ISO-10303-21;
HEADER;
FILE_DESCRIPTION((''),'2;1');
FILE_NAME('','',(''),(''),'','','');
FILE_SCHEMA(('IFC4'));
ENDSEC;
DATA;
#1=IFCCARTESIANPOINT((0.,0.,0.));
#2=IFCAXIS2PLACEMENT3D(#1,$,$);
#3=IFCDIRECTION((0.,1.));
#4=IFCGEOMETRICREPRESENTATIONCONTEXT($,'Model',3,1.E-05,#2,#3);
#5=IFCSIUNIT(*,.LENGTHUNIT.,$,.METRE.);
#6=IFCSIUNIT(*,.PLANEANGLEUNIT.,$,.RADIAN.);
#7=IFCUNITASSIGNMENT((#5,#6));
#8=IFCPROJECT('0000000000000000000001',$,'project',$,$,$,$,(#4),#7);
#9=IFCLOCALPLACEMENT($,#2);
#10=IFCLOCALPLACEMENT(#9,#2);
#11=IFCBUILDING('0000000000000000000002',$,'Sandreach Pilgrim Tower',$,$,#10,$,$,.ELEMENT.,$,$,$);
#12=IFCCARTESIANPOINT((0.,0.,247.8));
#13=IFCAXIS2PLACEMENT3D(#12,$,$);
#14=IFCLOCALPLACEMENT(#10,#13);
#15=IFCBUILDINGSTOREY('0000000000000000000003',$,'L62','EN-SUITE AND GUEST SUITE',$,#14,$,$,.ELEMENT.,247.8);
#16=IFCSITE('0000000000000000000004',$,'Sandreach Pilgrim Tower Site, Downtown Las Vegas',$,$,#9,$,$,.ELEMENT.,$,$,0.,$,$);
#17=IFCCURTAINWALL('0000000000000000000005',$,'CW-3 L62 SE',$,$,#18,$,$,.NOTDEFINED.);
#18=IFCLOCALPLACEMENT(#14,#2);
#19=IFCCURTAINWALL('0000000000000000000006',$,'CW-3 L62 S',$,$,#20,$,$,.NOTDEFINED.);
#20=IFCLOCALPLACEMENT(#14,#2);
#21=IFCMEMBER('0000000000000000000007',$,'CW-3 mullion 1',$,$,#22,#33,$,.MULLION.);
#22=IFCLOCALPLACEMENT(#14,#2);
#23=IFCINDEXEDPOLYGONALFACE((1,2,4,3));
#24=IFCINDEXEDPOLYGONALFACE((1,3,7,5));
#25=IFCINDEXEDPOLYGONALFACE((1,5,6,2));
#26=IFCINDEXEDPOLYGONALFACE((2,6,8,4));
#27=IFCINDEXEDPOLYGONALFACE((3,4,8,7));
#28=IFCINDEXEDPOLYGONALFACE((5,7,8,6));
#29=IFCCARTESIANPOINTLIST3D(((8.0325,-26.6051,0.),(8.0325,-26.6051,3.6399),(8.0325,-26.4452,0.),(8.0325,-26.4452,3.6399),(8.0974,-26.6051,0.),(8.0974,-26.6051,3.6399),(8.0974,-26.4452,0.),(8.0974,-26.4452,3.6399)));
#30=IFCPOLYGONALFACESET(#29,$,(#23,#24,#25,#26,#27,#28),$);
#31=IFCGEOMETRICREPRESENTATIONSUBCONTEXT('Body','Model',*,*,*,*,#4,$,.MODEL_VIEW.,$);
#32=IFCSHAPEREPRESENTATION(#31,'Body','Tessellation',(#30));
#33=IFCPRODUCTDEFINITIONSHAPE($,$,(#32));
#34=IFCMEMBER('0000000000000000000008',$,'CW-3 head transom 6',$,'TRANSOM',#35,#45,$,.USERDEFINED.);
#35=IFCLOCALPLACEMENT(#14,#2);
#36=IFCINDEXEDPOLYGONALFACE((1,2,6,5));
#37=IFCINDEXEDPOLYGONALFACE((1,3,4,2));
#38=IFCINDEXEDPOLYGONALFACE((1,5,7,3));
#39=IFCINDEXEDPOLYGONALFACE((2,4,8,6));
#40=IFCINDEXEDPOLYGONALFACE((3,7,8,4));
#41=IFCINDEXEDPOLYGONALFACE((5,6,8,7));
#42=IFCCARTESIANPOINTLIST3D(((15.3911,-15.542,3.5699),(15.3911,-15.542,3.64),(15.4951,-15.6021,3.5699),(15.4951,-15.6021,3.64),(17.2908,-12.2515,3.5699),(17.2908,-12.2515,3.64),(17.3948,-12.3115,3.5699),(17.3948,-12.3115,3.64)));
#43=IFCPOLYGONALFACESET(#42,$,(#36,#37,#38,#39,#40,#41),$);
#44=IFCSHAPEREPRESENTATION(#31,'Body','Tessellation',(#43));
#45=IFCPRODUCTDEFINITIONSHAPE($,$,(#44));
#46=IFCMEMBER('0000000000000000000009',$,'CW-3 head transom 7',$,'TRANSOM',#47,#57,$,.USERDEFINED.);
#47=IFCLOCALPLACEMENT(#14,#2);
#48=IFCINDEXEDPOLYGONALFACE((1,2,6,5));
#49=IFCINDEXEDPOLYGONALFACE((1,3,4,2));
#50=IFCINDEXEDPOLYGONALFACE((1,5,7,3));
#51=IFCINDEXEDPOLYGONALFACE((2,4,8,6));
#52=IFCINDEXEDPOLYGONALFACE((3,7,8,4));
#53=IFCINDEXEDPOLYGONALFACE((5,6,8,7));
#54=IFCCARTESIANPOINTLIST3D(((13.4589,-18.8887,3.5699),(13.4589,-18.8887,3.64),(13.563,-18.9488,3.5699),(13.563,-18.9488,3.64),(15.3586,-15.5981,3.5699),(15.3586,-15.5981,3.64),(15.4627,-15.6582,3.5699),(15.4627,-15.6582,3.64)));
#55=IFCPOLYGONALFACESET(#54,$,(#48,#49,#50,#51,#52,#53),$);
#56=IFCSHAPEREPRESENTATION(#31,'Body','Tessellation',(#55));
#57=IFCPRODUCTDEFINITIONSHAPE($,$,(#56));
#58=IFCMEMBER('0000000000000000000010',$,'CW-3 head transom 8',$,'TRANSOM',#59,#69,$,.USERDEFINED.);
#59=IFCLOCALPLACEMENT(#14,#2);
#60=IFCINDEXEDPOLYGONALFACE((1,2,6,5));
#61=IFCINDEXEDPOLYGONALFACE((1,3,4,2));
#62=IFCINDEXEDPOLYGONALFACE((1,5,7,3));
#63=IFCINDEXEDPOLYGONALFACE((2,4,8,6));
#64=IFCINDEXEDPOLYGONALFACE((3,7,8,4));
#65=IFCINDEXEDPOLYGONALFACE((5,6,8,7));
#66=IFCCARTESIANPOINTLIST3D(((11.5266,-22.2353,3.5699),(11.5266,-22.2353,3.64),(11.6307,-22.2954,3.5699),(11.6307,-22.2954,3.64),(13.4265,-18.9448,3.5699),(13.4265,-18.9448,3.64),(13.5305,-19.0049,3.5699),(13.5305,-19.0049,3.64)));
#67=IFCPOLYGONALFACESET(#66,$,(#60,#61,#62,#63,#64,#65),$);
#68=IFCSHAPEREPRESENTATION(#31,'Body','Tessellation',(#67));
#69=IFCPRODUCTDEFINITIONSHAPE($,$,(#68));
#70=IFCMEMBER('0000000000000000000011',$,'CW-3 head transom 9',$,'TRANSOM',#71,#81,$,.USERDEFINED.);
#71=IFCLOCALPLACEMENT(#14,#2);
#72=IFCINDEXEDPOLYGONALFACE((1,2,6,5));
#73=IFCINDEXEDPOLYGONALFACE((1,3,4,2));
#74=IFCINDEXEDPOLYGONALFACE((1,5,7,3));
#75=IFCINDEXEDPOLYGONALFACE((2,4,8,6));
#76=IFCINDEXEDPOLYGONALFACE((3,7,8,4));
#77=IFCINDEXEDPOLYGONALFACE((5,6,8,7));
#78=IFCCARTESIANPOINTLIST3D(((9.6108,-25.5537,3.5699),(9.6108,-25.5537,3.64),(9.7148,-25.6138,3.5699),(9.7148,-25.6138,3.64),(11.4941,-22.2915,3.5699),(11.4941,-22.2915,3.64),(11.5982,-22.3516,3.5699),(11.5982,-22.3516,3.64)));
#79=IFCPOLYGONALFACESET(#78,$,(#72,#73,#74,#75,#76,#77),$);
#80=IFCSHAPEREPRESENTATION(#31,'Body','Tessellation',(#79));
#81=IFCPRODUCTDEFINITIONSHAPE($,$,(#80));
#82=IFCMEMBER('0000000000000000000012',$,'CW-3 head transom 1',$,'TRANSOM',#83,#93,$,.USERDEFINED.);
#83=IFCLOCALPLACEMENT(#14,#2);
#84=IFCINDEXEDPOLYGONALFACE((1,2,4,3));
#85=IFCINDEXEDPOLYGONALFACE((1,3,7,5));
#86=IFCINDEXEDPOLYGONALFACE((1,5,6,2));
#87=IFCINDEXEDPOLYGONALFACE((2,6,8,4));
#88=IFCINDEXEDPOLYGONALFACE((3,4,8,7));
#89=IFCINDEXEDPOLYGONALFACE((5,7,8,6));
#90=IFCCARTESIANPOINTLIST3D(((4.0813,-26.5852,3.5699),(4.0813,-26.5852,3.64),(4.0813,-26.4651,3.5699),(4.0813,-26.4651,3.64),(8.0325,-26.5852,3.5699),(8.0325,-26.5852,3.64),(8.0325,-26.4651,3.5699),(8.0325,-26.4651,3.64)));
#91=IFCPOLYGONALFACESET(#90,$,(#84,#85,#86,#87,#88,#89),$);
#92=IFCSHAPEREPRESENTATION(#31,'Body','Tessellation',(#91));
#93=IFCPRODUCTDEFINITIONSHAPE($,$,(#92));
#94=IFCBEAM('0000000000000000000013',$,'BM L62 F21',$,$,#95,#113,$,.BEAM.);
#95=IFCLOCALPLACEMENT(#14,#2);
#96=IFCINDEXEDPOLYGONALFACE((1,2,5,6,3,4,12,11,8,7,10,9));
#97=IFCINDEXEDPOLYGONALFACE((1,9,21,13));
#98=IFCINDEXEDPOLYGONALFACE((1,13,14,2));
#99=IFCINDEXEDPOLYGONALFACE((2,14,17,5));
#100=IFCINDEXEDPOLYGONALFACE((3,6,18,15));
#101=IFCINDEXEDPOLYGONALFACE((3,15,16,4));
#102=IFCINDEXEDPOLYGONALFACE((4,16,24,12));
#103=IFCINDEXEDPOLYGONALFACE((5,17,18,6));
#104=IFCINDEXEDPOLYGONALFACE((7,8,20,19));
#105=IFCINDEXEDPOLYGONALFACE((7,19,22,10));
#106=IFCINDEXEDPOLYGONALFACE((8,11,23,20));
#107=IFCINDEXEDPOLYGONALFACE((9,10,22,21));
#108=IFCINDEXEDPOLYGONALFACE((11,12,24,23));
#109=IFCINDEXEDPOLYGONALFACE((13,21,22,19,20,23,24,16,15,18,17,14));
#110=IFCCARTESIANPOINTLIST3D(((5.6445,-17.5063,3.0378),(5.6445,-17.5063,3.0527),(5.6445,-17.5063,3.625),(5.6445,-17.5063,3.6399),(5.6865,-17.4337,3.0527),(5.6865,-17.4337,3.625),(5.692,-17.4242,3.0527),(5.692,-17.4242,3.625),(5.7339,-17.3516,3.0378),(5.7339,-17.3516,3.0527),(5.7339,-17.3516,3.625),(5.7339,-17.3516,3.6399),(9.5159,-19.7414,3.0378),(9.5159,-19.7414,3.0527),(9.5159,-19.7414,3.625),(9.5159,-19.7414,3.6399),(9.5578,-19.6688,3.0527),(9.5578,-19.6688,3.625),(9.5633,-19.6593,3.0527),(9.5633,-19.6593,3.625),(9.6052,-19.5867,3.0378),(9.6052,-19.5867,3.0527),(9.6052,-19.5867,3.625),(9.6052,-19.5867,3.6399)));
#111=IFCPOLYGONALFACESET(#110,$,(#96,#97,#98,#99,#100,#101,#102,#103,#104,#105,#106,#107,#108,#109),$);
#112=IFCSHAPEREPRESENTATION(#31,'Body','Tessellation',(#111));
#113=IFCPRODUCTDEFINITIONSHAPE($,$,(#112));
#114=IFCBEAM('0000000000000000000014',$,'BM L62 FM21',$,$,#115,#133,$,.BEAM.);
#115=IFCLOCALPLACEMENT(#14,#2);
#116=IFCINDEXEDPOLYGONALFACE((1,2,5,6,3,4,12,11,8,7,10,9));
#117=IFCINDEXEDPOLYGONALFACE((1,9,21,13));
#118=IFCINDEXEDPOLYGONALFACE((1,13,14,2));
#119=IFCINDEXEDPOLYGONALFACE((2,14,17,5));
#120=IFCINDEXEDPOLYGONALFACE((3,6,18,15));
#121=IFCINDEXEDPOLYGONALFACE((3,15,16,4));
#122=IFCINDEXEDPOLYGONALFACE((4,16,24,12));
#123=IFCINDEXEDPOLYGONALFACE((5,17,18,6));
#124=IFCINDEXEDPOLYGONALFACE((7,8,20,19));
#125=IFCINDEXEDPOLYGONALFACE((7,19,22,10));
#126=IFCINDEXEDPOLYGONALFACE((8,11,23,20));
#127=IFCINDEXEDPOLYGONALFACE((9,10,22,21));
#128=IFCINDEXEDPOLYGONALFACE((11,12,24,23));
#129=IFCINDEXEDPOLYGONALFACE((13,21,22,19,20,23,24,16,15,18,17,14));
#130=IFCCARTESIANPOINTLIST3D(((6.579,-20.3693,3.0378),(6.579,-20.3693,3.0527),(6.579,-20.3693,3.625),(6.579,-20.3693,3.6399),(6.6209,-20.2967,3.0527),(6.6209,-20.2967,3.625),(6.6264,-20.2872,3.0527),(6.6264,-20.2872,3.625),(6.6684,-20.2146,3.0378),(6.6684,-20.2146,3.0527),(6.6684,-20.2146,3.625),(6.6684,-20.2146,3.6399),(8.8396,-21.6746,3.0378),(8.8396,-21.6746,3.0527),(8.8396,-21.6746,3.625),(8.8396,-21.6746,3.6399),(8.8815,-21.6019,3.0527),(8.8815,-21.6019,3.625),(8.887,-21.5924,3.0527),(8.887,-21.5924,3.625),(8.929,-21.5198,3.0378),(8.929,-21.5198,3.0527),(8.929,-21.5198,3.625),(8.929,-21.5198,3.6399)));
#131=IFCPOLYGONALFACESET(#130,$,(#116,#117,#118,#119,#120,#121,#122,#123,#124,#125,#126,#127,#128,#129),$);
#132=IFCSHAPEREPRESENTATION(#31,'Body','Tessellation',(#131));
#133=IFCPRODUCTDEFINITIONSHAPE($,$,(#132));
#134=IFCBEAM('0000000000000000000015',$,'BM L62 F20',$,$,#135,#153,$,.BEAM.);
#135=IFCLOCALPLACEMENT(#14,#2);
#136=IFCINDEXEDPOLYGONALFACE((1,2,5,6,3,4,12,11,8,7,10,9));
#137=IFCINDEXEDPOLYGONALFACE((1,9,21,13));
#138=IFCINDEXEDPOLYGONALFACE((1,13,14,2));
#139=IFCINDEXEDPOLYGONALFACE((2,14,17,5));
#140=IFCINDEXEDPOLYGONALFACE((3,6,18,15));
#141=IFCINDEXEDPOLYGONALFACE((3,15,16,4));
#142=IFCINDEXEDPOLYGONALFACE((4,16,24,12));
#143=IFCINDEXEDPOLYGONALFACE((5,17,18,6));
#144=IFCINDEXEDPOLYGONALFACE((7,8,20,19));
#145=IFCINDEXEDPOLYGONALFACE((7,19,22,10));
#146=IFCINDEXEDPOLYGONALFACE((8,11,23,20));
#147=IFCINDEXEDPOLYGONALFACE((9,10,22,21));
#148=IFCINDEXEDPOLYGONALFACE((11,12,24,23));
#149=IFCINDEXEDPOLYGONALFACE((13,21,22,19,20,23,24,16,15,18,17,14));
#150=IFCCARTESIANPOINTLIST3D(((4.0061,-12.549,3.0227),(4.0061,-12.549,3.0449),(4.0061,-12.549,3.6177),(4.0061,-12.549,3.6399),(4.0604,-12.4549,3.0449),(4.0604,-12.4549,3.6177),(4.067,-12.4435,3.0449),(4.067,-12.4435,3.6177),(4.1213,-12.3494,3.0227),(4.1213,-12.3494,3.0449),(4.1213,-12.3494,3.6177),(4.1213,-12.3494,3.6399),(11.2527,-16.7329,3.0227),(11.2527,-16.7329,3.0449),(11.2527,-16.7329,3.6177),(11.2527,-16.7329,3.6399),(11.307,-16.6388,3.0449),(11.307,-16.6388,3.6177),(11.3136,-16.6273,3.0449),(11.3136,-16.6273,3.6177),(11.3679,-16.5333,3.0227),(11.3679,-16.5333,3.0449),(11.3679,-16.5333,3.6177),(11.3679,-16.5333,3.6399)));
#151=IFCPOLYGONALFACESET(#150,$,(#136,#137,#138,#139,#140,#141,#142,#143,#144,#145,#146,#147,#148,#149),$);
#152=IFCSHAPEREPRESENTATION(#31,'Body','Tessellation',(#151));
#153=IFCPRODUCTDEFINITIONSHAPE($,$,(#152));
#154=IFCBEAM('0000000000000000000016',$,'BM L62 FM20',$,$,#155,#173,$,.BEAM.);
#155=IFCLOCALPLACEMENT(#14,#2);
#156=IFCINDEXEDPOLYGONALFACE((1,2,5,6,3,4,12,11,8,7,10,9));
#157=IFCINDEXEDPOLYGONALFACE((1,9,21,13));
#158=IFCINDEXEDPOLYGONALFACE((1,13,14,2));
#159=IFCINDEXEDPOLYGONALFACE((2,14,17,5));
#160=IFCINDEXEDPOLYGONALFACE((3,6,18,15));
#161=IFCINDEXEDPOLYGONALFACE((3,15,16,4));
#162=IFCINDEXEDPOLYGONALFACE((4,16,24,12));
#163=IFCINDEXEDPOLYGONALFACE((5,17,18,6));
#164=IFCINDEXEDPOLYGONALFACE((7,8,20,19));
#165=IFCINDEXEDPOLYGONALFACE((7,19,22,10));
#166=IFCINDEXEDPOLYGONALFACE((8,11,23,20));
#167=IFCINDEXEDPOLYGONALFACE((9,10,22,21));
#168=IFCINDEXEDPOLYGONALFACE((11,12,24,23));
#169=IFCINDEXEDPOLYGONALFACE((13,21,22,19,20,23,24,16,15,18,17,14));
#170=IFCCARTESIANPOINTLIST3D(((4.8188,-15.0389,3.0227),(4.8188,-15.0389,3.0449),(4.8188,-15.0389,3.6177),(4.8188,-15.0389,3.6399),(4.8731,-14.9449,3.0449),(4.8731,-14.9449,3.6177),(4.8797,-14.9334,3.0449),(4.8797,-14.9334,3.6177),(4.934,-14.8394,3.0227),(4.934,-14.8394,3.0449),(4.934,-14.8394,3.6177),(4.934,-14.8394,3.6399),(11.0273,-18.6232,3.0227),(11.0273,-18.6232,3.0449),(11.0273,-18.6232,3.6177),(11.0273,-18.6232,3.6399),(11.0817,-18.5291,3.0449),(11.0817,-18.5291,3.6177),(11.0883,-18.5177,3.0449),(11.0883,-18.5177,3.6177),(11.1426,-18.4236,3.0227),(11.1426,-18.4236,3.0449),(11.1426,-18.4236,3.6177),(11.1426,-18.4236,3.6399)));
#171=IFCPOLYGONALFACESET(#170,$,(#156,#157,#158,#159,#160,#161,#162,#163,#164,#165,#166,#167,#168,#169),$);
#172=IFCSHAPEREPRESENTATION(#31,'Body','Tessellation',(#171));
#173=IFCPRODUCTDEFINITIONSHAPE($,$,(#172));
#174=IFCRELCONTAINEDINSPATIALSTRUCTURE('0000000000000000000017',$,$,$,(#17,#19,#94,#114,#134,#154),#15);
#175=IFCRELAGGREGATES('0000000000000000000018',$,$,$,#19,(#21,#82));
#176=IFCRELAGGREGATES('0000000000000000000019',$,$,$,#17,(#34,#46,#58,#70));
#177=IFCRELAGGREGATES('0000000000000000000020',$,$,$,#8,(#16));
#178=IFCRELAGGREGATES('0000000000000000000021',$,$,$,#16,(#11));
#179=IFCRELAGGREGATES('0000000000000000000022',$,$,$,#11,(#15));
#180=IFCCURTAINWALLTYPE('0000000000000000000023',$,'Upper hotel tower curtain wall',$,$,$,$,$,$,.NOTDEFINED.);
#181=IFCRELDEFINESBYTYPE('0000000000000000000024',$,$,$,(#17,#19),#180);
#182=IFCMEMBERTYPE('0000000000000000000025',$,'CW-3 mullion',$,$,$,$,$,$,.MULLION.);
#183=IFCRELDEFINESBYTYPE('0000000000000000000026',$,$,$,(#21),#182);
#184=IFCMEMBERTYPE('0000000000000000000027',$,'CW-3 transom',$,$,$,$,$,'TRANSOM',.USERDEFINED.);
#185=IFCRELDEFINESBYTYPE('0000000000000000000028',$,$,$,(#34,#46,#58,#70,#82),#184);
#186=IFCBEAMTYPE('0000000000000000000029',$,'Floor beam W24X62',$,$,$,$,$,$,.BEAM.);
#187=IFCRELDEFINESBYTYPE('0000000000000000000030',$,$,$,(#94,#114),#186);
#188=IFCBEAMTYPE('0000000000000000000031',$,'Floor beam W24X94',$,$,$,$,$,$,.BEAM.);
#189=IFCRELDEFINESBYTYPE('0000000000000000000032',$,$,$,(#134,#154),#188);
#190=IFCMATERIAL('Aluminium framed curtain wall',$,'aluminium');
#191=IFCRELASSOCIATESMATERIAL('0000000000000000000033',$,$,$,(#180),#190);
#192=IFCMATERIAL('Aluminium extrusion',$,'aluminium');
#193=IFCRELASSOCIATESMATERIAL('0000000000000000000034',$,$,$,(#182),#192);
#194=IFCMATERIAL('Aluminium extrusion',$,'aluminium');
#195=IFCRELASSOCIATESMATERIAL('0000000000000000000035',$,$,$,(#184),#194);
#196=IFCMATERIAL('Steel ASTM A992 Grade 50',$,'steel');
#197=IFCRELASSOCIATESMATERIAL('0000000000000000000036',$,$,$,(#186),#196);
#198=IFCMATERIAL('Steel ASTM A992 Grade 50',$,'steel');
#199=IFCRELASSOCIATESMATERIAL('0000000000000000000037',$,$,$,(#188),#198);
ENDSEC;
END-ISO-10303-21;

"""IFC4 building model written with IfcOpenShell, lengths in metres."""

from ifc_helpers import new_model, si_unit, direction, frame, origin, origin_2d, place, context, subcontext, project, spatial, rectangle, i_section, extrude, material, material_profile, profile_set, type_object, element, aggregate, save


model = new_model("IFC4")

# Units and contexts
model_context = context("Model", 3, precision=1e-05, world=origin(), true_north=direction((0.0, 1.0)))
body_context = subcontext(model_context, "Body", "Model", "MODEL_VIEW")
ifc_project = project(units=[si_unit("LENGTHUNIT", "METRE"), si_unit("PLANEANGLEUNIT", "RADIAN")], contexts=[model_context])

# Site, building, storey
site_placement = place(None, origin())
site = spatial("IfcSite", under=ifc_project, at=site_placement, Name="Sandreach Pilgrim Tower Site, Downtown Las Vegas", CompositionType="ELEMENT", RefElevation=0.0)
building_placement = place(site_placement, origin())
building = spatial("IfcBuilding", under=site, at=building_placement, Name="Sandreach Pilgrim Tower", CompositionType="ELEMENT")
storey_placement = place(building_placement, frame((0.0, 0.0, 247.8)))
storey = spatial("IfcBuildingStorey", under=building, at=storey_placement, Name="L62", Description="EN-SUITE AND GUEST SUITE", CompositionType="ELEMENT", Elevation=247.8)

# Curtain wall
ifc_material_1 = material(Name="Aluminium framed curtain wall", Category="aluminium")
curtain_wall_type = type_object("IfcCurtainWallType", Name="Upper hotel tower curtain wall", PredefinedType="NOTDEFINED", material=ifc_material_1)
curtain_wall_1_placement = place(storey_placement, origin())
curtain_wall_1 = element("IfcCurtainWall", 1, at=curtain_wall_1_placement, inside=storey, type_object=curtain_wall_type, Name="CW-3 L62 SE", PredefinedType="NOTDEFINED")
ifc_material_2 = material(Name="Aluminium extrusion", Category="aluminium")
ifc_material_profile_1 = material_profile(ifc_material_2, rectangle(XDim=0.0649, YDim=0.1599, at=origin_2d()), Name="CW-3M 65X160")
ifc_profile_set_1 = profile_set([ifc_material_profile_1], Name="Aluminium extrusion")
member_type_1 = type_object("IfcMemberType", Name="CW-3 mullion", PredefinedType="MULLION", material=ifc_profile_set_1)

# Curtain wall, member
curtain_wall_2_placement = place(storey_placement, origin())
curtain_wall_2 = element("IfcCurtainWall", 2, at=curtain_wall_2_placement, inside=storey, type_object=curtain_wall_type, Name="CW-3 L62 S", PredefinedType="NOTDEFINED")
member_1_placement = place(storey_placement, frame((8.0649, -26.5251, 0.0), z_axis=(0.0, 0.0, 1.0), x_axis=(-1.0, 0.0, 0.0)))
member_1 = element("IfcMember", 3, at=member_1_placement, type_object=member_type_1, Name="CW-3 mullion 1", PredefinedType="MULLION", context=body_context, shape_type="SweptSolid", body=[
    extrude(rectangle(XDim=0.0649, YDim=0.1599, at=origin_2d()), origin(), (0.0, 0.0, 1.0), 3.6399),
])

# Members
ifc_material_3 = material(Name="Aluminium extrusion", Category="aluminium")
ifc_material_profile_2 = material_profile(ifc_material_3, rectangle(XDim=0.1201, YDim=0.0701, at=origin_2d()), Name="CW-3T 120X70")
ifc_profile_set_2 = profile_set([ifc_material_profile_2], Name="Aluminium extrusion")
member_type_2 = type_object("IfcMemberType", Name="CW-3 transom", ElementType="TRANSOM", PredefinedType="USERDEFINED", material=ifc_profile_set_2)
member_2_placement = place(storey_placement, frame((17.3428, -12.2815, 3.605), z_axis=(-0.499975, -0.86604, 0.0), x_axis=(0.86604, -0.499975, 0.0)))
member_2 = element("IfcMember", 4, at=member_2_placement, type_object=member_type_2, Name="CW-3 head transom 6", ObjectType="TRANSOM", PredefinedType="USERDEFINED", context=body_context, shape_type="SweptSolid", body=[
    extrude(rectangle(XDim=0.1201, YDim=0.0701, at=origin_2d()), origin(), (0.0, 0.0, 1.0), 3.7996),
])
member_3_placement = place(storey_placement, frame((15.4106, -15.6282, 3.605), z_axis=(-0.499975, -0.86604, 0.0), x_axis=(0.86604, -0.499975, 0.0)))
member_3 = element("IfcMember", 5, at=member_3_placement, type_object=member_type_2, Name="CW-3 head transom 7", ObjectType="TRANSOM", PredefinedType="USERDEFINED", context=body_context, shape_type="SweptSolid", body=[
    extrude(rectangle(XDim=0.1201, YDim=0.0701, at=origin_2d()), origin(), (0.0, 0.0, 1.0), 3.7996),
])
member_4_placement = place(storey_placement, frame((13.4785, -18.9749, 3.605), z_axis=(-0.500023, -0.866012, 0.0), x_axis=(0.866012, -0.500023, 0.0)))
member_4 = element("IfcMember", 6, at=member_4_placement, type_object=member_type_2, Name="CW-3 head transom 8", ObjectType="TRANSOM", PredefinedType="USERDEFINED", context=body_context, shape_type="SweptSolid", body=[
    extrude(rectangle(XDim=0.1201, YDim=0.0701, at=origin_2d()), origin(), (0.0, 0.0, 1.0), 3.7996),
])
member_5_placement = place(storey_placement, frame((11.5461, -22.3215, 3.605), z_axis=(-0.499973, -0.866041, 0.0), x_axis=(0.866041, -0.499973, 0.0)))
member_5 = element("IfcMember", 7, at=member_5_placement, type_object=member_type_2, Name="CW-3 head transom 9", ObjectType="TRANSOM", PredefinedType="USERDEFINED", context=body_context, shape_type="SweptSolid", body=[
    extrude(rectangle(XDim=0.1201, YDim=0.0701, at=origin_2d()), origin(), (0.0, 0.0, 1.0), 3.7668),
])
member_6_placement = place(storey_placement, frame((8.0325, -26.5251, 3.605), z_axis=(-1.0, 0.0, 0.0), x_axis=(0.0, -1.0, 0.0)))
member_6 = element("IfcMember", 8, at=member_6_placement, type_object=member_type_2, Name="CW-3 head transom 1", ObjectType="TRANSOM", PredefinedType="USERDEFINED", context=body_context, shape_type="SweptSolid", body=[
    extrude(rectangle(XDim=0.1201, YDim=0.0701, at=origin_2d()), origin(), (0.0, 0.0, 1.0), 3.9512),
])
aggregate(curtain_wall_2, [member_1, member_6])

# Beams
ifc_material_4 = material(Name="Steel ASTM A992 Grade 50", Category="steel")
ifc_material_profile_3 = material_profile(ifc_material_4, i_section(OverallWidth=0.1787, OverallDepth=0.6021, WebThickness=0.011, FlangeThickness=0.0149, at=origin_2d()), Name="W24X62")
ifc_profile_set_3 = profile_set([ifc_material_profile_3], Name="Steel ASTM A992 Grade 50")
beam_type_1 = type_object("IfcBeamType", Name="Floor beam W24X62", PredefinedType="BEAM", material=ifc_profile_set_3)
beam_1_placement = place(storey_placement, frame((9.5605, -19.6641, 3.3389), z_axis=(-0.866026, 0.499998, 0.0), x_axis=(-0.499998, -0.866026, 0.0)))
element("IfcBeam", 9, at=beam_1_placement, inside=storey, type_object=beam_type_1, Name="BM L62 F21", PredefinedType="BEAM", context=body_context, shape_type="SweptSolid", body=[
    extrude(i_section(OverallWidth=0.1787, OverallDepth=0.6021, WebThickness=0.011, FlangeThickness=0.0149, at=origin_2d()), origin(), (0.0, 0.0, 1.0), 4.4702),
])
beam_2_placement = place(storey_placement, frame((8.8843, -21.5972, 3.3389), z_axis=(-0.866013, 0.500022, 0.0), x_axis=(-0.500022, -0.866013, 0.0)))
element("IfcBeam", 10, at=beam_2_placement, inside=storey, type_object=beam_type_1, Name="BM L62 FM21", PredefinedType="BEAM", context=body_context, shape_type="SweptSolid", body=[
    extrude(i_section(OverallWidth=0.1787, OverallDepth=0.6021, WebThickness=0.011, FlangeThickness=0.0149, at=origin_2d()), origin(), (0.0, 0.0, 1.0), 2.6104),
])
ifc_material_5 = material(Name="Steel ASTM A992 Grade 50", Category="steel")
ifc_material_profile_4 = material_profile(ifc_material_5, i_section(OverallWidth=0.2305, OverallDepth=0.6172, WebThickness=0.0132, FlangeThickness=0.0222, at=origin_2d()), Name="W24X94")
ifc_profile_set_4 = profile_set([ifc_material_profile_4], Name="Steel ASTM A992 Grade 50")
beam_type_2 = type_object("IfcBeamType", Name="Floor beam W24X94", PredefinedType="BEAM", material=ifc_profile_set_4)
beam_3_placement = place(storey_placement, frame((11.3103, -16.6331, 3.3313), z_axis=(-0.866024, 0.500002, 0.0), x_axis=(-0.500002, -0.866024, 0.0)))
element("IfcBeam", 11, at=beam_3_placement, inside=storey, type_object=beam_type_2, Name="BM L62 F20", PredefinedType="BEAM", context=body_context, shape_type="SweptSolid", body=[
    extrude(i_section(OverallWidth=0.2305, OverallDepth=0.6172, WebThickness=0.0132, FlangeThickness=0.0222, at=origin_2d()), origin(), (0.0, 0.0, 1.0), 8.3677),
])
beam_4_placement = place(storey_placement, frame((11.085, -18.5234, 3.3313), z_axis=(-0.86604, 0.499974, 0.0), x_axis=(-0.499974, -0.86604, 0.0)))
element("IfcBeam", 12, at=beam_4_placement, inside=storey, type_object=beam_type_2, Name="BM L62 FM20", PredefinedType="BEAM", context=body_context, shape_type="SweptSolid", body=[
    extrude(i_section(OverallWidth=0.2305, OverallDepth=0.6172, WebThickness=0.0132, FlangeThickness=0.0222, at=origin_2d()), origin(), (0.0, 0.0, 1.0), 7.1689),
])

aggregate(curtain_wall_1, [member_2, member_3, member_4, member_5])

save(model, "model.ifc")
